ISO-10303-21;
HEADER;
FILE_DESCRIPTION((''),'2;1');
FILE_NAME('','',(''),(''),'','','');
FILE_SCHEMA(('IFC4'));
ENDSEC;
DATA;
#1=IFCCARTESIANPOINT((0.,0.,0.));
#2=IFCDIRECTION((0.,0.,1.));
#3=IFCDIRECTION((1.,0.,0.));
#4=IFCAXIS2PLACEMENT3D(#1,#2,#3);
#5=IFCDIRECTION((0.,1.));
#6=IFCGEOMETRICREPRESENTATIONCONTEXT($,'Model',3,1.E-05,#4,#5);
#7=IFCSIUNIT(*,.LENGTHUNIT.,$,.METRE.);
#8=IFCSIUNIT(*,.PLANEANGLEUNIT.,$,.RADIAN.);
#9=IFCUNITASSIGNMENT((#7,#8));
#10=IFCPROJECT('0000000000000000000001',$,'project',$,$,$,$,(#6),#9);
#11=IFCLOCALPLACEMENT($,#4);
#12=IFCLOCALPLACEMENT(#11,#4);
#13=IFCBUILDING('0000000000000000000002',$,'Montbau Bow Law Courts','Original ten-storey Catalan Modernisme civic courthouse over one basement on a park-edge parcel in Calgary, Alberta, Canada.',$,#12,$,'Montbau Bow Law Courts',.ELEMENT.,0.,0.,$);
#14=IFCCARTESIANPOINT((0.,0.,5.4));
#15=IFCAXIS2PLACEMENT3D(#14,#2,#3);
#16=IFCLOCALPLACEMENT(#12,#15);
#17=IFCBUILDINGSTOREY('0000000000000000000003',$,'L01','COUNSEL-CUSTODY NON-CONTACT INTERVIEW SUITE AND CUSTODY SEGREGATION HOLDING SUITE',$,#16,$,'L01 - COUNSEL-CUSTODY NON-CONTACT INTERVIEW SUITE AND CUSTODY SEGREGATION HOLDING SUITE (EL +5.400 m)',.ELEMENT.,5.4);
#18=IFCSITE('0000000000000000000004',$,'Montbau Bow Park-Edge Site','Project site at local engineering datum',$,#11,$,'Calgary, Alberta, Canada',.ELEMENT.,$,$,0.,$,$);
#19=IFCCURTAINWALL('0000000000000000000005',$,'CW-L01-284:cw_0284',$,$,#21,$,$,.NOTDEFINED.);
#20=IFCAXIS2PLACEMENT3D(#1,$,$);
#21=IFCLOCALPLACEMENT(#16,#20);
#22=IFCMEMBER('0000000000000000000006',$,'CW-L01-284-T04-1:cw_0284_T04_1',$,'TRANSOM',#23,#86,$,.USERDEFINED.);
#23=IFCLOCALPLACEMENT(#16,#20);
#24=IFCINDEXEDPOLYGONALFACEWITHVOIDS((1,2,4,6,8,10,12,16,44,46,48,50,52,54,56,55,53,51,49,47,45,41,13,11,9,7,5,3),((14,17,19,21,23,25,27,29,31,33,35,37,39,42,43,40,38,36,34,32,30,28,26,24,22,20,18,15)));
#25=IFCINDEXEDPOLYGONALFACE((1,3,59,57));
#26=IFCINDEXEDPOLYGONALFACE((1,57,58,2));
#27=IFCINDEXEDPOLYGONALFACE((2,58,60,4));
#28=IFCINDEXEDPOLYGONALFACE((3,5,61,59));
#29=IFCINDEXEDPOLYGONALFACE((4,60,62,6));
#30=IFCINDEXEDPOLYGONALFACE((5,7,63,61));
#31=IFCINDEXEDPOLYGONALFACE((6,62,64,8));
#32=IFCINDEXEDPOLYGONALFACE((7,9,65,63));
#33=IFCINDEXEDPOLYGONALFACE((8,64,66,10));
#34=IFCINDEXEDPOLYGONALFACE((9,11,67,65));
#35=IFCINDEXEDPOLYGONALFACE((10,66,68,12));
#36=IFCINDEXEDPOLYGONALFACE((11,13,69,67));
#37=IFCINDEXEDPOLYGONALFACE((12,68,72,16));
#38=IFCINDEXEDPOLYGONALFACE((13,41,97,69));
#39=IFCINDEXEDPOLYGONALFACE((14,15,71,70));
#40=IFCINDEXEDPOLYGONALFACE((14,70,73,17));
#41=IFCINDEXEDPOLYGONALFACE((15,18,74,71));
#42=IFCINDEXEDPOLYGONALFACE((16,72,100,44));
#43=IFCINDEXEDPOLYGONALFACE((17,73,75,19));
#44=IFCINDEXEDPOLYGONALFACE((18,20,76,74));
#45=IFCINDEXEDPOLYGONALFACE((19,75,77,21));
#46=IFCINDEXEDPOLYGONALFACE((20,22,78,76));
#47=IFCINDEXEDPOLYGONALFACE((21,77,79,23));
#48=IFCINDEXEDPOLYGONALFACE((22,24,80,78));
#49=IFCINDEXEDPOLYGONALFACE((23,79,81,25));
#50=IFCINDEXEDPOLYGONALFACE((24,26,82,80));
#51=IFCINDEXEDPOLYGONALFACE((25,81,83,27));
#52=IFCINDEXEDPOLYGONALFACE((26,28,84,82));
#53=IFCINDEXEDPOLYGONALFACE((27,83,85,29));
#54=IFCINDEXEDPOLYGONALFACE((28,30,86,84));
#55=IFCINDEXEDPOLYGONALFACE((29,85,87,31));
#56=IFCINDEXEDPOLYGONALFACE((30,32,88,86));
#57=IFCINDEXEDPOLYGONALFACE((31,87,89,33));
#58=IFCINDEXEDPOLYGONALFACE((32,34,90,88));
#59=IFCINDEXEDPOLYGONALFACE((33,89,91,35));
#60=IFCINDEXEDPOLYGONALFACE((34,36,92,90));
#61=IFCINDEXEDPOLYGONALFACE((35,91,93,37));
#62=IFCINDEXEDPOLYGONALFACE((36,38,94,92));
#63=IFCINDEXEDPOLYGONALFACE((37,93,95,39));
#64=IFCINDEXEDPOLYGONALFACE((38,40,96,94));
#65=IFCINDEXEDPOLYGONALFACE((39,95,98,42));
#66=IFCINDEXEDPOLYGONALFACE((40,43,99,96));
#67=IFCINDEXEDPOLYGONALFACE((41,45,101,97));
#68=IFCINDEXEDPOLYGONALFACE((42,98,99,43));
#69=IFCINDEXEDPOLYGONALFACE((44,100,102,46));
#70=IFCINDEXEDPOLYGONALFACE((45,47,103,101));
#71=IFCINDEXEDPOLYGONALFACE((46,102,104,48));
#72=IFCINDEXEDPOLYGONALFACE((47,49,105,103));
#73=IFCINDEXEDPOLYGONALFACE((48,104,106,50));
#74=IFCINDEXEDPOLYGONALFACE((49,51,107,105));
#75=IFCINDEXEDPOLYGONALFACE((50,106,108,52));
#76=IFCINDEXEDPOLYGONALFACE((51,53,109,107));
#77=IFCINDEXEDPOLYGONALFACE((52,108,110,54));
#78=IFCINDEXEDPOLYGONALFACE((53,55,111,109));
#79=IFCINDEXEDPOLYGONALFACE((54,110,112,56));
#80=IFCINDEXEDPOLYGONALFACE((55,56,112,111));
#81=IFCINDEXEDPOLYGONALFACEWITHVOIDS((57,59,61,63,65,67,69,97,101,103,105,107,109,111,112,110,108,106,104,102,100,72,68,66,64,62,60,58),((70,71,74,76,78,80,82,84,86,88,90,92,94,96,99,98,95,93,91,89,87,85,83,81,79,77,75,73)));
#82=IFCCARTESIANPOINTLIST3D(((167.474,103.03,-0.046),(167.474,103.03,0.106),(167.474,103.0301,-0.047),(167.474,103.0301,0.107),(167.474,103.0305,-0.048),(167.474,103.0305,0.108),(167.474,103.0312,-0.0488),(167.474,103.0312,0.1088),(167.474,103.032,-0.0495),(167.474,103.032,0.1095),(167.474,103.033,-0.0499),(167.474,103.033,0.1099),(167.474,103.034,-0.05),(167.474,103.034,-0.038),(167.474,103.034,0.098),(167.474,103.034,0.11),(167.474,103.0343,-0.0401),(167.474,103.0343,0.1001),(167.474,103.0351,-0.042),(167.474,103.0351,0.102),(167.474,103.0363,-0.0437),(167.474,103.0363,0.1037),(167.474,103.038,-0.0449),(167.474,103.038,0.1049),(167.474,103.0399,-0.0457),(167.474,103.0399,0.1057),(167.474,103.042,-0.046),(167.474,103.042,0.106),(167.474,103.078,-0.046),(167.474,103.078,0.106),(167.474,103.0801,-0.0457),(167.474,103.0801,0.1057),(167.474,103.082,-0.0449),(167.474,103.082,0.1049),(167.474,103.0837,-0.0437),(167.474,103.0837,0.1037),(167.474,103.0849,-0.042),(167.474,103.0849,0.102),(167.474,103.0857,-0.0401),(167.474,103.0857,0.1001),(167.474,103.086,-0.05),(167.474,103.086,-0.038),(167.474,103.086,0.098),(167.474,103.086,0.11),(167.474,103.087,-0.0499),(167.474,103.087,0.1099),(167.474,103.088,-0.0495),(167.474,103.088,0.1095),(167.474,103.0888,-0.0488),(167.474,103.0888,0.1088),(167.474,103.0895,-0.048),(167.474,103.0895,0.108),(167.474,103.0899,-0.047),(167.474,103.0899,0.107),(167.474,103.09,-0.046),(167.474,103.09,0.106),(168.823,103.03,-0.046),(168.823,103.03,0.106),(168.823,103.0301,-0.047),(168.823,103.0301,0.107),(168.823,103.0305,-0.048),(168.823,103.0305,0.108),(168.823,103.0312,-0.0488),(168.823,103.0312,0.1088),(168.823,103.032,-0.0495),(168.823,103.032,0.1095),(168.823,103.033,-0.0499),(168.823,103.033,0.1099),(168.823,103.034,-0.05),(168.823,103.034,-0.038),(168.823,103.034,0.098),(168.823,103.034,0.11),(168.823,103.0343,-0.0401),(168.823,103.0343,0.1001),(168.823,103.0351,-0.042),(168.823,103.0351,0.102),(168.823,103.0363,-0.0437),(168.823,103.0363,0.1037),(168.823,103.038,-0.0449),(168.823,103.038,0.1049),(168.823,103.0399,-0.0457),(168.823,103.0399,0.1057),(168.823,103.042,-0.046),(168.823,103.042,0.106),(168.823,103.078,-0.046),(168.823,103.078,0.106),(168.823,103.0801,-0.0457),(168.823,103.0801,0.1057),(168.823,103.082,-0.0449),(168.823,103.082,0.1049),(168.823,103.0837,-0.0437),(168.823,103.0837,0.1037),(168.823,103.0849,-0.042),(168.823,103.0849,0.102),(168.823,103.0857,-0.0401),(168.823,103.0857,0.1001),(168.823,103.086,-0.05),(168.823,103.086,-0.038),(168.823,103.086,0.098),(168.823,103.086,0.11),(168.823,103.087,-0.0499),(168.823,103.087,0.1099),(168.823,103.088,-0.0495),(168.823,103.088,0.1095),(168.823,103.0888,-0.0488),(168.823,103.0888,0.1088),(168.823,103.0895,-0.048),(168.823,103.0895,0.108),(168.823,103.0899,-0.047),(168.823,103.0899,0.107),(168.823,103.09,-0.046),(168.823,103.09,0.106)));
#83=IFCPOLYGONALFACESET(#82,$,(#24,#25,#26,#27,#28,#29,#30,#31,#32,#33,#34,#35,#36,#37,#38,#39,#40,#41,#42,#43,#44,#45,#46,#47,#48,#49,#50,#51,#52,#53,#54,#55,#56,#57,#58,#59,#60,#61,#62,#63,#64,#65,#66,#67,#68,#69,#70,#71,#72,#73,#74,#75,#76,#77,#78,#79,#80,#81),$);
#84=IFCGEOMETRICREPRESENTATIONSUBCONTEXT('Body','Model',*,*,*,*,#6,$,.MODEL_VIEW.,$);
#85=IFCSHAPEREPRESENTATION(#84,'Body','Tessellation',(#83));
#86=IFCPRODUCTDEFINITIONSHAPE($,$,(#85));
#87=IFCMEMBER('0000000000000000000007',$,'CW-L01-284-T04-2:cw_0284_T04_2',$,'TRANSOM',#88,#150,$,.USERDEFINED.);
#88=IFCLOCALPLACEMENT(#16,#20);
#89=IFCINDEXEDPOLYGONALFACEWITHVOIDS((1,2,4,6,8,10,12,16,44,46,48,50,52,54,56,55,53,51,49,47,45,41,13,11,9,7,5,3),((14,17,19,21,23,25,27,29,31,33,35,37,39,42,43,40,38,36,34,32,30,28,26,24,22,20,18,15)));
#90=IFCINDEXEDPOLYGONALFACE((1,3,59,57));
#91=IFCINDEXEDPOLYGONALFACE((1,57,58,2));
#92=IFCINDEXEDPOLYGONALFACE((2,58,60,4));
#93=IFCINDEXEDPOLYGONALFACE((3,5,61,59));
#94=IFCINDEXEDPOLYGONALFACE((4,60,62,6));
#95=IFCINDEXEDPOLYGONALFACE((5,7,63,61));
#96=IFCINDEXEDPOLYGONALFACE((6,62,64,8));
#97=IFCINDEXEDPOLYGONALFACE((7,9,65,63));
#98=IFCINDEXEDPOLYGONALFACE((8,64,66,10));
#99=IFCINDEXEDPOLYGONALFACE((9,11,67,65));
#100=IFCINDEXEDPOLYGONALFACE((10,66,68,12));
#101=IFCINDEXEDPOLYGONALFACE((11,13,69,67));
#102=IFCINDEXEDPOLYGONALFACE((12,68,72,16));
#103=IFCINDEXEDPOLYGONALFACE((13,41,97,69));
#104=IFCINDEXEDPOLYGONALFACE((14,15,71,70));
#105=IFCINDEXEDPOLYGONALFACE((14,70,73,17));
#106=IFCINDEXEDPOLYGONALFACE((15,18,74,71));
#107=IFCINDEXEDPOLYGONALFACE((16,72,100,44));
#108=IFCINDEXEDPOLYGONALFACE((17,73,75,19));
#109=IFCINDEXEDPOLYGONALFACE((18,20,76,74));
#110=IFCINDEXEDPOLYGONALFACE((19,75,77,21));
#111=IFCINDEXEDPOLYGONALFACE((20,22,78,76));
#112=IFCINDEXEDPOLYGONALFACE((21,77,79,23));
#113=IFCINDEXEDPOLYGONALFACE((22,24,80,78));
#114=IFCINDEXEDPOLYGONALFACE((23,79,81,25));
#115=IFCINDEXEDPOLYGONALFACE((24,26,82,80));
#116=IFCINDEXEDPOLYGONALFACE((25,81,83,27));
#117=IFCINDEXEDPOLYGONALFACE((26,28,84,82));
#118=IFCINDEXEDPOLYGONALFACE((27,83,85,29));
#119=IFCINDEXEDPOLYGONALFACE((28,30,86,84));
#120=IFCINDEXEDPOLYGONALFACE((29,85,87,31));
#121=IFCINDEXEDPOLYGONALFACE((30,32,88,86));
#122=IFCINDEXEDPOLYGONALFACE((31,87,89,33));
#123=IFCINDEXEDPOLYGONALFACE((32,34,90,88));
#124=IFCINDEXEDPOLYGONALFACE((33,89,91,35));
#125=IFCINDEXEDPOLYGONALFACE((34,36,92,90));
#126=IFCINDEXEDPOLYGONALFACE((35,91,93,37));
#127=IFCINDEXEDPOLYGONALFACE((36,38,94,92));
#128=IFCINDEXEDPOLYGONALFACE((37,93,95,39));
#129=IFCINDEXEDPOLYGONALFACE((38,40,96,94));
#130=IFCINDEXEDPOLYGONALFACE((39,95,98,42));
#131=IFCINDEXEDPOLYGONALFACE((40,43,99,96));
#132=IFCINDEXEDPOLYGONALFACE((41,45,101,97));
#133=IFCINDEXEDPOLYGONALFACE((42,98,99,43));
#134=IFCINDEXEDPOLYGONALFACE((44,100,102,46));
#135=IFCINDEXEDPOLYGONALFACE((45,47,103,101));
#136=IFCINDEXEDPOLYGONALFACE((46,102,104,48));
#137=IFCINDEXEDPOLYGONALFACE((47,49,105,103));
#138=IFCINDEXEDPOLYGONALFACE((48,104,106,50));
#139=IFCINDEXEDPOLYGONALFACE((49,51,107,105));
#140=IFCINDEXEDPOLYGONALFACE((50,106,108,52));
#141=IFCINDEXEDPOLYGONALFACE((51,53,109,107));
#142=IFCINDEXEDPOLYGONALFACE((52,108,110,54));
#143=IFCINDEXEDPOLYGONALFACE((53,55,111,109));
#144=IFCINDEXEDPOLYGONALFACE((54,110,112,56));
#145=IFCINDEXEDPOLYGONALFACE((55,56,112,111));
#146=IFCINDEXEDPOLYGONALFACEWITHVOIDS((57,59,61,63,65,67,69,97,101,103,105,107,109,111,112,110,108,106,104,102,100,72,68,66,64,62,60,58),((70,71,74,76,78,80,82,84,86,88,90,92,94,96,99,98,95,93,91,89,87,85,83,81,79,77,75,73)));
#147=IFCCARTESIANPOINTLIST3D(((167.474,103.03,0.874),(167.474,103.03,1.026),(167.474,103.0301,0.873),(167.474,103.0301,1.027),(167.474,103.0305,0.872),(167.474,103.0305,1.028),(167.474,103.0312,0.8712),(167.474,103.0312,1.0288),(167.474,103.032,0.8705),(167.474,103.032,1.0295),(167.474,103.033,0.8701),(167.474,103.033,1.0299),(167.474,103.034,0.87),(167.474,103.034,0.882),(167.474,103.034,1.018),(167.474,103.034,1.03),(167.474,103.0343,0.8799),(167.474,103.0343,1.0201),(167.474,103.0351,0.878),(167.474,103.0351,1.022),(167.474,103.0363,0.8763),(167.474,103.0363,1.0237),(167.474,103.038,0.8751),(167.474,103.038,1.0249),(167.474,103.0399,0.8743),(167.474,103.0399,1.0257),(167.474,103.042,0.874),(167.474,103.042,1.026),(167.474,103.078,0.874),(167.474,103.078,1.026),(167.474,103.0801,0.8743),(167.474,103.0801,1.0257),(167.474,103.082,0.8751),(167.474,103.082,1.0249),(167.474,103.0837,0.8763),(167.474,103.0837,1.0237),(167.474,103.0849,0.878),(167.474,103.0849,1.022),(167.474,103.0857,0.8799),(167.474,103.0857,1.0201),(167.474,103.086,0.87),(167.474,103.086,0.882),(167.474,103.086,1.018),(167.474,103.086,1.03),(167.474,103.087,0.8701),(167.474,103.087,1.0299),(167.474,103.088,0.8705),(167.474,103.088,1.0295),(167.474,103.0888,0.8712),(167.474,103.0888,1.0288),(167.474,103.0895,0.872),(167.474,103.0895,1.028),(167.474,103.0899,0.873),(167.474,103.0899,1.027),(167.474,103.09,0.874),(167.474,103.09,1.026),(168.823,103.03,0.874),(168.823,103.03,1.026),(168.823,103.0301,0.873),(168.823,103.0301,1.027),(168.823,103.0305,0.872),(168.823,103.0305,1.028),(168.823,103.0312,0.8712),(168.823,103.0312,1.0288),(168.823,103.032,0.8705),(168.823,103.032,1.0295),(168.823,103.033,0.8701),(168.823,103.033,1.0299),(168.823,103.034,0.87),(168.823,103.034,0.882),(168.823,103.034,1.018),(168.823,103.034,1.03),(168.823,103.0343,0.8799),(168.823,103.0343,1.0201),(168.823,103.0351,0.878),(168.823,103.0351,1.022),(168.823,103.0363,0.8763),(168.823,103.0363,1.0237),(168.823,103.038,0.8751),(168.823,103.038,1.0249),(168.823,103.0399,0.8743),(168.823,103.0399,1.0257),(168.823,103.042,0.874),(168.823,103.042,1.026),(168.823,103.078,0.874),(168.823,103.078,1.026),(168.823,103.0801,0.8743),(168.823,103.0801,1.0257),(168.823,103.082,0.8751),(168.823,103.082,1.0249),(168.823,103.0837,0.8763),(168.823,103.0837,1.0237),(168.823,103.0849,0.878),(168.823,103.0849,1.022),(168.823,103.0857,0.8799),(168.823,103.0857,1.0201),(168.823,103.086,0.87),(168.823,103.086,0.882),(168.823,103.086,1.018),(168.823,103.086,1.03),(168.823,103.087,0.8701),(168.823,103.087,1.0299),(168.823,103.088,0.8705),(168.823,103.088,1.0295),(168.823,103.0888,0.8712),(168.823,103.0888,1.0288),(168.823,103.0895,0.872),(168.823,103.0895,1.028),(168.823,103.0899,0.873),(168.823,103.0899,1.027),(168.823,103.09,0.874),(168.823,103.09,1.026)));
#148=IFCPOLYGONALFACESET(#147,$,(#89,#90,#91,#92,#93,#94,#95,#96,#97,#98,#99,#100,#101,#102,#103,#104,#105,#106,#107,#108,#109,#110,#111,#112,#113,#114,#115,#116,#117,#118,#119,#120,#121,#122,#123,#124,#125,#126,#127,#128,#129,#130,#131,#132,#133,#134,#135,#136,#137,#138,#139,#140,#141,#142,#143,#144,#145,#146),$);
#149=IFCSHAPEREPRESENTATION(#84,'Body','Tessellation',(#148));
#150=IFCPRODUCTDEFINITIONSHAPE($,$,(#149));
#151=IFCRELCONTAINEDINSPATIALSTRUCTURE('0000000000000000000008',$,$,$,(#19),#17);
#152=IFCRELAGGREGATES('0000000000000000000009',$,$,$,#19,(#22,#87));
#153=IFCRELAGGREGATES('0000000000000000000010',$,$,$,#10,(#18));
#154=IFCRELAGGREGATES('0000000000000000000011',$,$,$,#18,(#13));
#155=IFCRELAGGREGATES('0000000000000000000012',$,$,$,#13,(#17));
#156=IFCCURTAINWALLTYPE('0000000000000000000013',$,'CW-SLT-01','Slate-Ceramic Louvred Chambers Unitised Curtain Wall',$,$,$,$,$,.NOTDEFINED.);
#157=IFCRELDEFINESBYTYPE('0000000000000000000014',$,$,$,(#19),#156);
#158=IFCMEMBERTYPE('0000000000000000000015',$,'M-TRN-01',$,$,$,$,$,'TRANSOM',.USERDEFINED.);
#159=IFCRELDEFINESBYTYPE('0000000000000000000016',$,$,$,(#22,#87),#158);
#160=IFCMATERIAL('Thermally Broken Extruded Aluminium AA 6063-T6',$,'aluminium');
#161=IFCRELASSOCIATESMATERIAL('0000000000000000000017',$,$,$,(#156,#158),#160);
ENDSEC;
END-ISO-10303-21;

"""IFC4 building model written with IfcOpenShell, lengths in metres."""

from ifc_helpers import new_model, si_unit, direction, frame, origin_with_axes, origin_2d_with_axis, place, context, subcontext, project, spatial, hollow_rectangle, extrude, material, material_profile, profile_set, type_object, element, aggregate, save


model = new_model("IFC4")

# Units and contexts
model_context = context("Model", 3, precision=1e-05, world=origin_with_axes(), true_north=direction((0.0, 1.0)))
body_context = subcontext(model_context, "Body", "Model", "MODEL_VIEW")
ifc_project = project(units=[si_unit("LENGTHUNIT", "METRE"), si_unit("PLANEANGLEUNIT", "RADIAN")], contexts=[model_context])

# Site, building, storey
site_placement = place(None, origin_with_axes())
site = spatial("IfcSite", under=ifc_project, at=site_placement, Name="Montbau Bow Park-Edge Site", Description="Project site at local engineering datum", LongName="Calgary, Alberta, Canada", CompositionType="ELEMENT", RefElevation=0.0)
building_placement = place(site_placement, origin_with_axes())
building = spatial("IfcBuilding", under=site, at=building_placement, Name="Montbau Bow Law Courts", Description="Original ten-storey Catalan Modernisme civic courthouse over one basement on a park-edge parcel in Calgary, Alberta, Canada.", LongName="Montbau Bow Law Courts", CompositionType="ELEMENT", ElevationOfRefHeight=0.0, ElevationOfTerrain=0.0)
storey_placement = place(building_placement, frame((0.0, 0.0, 5.4), z_axis=(0.0, 0.0, 1.0), x_axis=(1.0, 0.0, 0.0)))
storey = spatial("IfcBuildingStorey", under=building, at=storey_placement, Name="L01", Description="COUNSEL-CUSTODY NON-CONTACT INTERVIEW SUITE AND CUSTODY SEGREGATION HOLDING SUITE", LongName="L01 - COUNSEL-CUSTODY NON-CONTACT INTERVIEW SUITE AND CUSTODY SEGREGATION HOLDING SUITE (EL +5.400 m)", CompositionType="ELEMENT", Elevation=5.4)

# Shared definitions
ifc_material_1 = material(Name="Thermally Broken Extruded Aluminium AA 6063-T6", Category="aluminium")
curtain_wall_type = type_object("IfcCurtainWallType", Name="CW-SLT-01", Description="Slate-Ceramic Louvred Chambers Unitised Curtain Wall", PredefinedType="NOTDEFINED", material=ifc_material_1)

# Curtain wall, members
curtain_wall_1_placement = place(None, frame((163.115, 103.06, 5.4), z_axis=(0.0, 0.0, 1.0), x_axis=(1.0, 0.0, 0.0)))
curtain_wall_1 = element("IfcCurtainWall", 1, at=curtain_wall_1_placement, inside=storey, type_object=curtain_wall_type, Name="CW-L01-284:cw_0284", PredefinedType="NOTDEFINED")
ifc_material_profile_1 = material_profile(ifc_material_1, hollow_rectangle(XDim=0.06, YDim=0.16, WallThickness=0.004, InnerFilletRadius=0.008, OuterFilletRadius=0.004, at=origin_2d_with_axis()), Name="CWT-160X60", Category="Main", Priority=0)
ifc_profile_set_1 = profile_set([ifc_material_profile_1], Name="Thermally Broken Extruded Aluminium AA 6063-T6")
member_type_1 = type_object("IfcMemberType", Name="M-TRN-01", ElementType="TRANSOM", PredefinedType="USERDEFINED", material=ifc_profile_set_1)
member_1_placement = place(None, frame((167.474, 103.06, 5.43), z_axis=(1.0, 0.0, 0.0), x_axis=(0.0, 1.0, 0.0)))
member_1 = element("IfcMember", 2, at=member_1_placement, type_object=member_type_1, Name="CW-L01-284-T04-1:cw_0284_T04_1", ObjectType="TRANSOM", PredefinedType="USERDEFINED", context=body_context, shape_type="SweptSolid", body=[
    extrude(hollow_rectangle(XDim=0.06, YDim=0.16, WallThickness=0.004, InnerFilletRadius=0.008, OuterFilletRadius=0.004, at=origin_2d_with_axis()), origin_with_axes(), (0.0, 0.0, 1.0), 1.349),
])
member_2_placement = place(None, frame((167.474, 103.06, 6.35), z_axis=(1.0, 0.0, 0.0), x_axis=(0.0, 1.0, 0.0)))
member_2 = element("IfcMember", 3, at=member_2_placement, type_object=member_type_1, Name="CW-L01-284-T04-2:cw_0284_T04_2", ObjectType="TRANSOM", PredefinedType="USERDEFINED", context=body_context, shape_type="SweptSolid", body=[
    extrude(hollow_rectangle(XDim=0.06, YDim=0.16, WallThickness=0.004, InnerFilletRadius=0.008, OuterFilletRadius=0.004, at=origin_2d_with_axis()), origin_with_axes(), (0.0, 0.0, 1.0), 1.349),
])

aggregate(curtain_wall_1, [member_1, member_2])

save(model, "model.ifc")
